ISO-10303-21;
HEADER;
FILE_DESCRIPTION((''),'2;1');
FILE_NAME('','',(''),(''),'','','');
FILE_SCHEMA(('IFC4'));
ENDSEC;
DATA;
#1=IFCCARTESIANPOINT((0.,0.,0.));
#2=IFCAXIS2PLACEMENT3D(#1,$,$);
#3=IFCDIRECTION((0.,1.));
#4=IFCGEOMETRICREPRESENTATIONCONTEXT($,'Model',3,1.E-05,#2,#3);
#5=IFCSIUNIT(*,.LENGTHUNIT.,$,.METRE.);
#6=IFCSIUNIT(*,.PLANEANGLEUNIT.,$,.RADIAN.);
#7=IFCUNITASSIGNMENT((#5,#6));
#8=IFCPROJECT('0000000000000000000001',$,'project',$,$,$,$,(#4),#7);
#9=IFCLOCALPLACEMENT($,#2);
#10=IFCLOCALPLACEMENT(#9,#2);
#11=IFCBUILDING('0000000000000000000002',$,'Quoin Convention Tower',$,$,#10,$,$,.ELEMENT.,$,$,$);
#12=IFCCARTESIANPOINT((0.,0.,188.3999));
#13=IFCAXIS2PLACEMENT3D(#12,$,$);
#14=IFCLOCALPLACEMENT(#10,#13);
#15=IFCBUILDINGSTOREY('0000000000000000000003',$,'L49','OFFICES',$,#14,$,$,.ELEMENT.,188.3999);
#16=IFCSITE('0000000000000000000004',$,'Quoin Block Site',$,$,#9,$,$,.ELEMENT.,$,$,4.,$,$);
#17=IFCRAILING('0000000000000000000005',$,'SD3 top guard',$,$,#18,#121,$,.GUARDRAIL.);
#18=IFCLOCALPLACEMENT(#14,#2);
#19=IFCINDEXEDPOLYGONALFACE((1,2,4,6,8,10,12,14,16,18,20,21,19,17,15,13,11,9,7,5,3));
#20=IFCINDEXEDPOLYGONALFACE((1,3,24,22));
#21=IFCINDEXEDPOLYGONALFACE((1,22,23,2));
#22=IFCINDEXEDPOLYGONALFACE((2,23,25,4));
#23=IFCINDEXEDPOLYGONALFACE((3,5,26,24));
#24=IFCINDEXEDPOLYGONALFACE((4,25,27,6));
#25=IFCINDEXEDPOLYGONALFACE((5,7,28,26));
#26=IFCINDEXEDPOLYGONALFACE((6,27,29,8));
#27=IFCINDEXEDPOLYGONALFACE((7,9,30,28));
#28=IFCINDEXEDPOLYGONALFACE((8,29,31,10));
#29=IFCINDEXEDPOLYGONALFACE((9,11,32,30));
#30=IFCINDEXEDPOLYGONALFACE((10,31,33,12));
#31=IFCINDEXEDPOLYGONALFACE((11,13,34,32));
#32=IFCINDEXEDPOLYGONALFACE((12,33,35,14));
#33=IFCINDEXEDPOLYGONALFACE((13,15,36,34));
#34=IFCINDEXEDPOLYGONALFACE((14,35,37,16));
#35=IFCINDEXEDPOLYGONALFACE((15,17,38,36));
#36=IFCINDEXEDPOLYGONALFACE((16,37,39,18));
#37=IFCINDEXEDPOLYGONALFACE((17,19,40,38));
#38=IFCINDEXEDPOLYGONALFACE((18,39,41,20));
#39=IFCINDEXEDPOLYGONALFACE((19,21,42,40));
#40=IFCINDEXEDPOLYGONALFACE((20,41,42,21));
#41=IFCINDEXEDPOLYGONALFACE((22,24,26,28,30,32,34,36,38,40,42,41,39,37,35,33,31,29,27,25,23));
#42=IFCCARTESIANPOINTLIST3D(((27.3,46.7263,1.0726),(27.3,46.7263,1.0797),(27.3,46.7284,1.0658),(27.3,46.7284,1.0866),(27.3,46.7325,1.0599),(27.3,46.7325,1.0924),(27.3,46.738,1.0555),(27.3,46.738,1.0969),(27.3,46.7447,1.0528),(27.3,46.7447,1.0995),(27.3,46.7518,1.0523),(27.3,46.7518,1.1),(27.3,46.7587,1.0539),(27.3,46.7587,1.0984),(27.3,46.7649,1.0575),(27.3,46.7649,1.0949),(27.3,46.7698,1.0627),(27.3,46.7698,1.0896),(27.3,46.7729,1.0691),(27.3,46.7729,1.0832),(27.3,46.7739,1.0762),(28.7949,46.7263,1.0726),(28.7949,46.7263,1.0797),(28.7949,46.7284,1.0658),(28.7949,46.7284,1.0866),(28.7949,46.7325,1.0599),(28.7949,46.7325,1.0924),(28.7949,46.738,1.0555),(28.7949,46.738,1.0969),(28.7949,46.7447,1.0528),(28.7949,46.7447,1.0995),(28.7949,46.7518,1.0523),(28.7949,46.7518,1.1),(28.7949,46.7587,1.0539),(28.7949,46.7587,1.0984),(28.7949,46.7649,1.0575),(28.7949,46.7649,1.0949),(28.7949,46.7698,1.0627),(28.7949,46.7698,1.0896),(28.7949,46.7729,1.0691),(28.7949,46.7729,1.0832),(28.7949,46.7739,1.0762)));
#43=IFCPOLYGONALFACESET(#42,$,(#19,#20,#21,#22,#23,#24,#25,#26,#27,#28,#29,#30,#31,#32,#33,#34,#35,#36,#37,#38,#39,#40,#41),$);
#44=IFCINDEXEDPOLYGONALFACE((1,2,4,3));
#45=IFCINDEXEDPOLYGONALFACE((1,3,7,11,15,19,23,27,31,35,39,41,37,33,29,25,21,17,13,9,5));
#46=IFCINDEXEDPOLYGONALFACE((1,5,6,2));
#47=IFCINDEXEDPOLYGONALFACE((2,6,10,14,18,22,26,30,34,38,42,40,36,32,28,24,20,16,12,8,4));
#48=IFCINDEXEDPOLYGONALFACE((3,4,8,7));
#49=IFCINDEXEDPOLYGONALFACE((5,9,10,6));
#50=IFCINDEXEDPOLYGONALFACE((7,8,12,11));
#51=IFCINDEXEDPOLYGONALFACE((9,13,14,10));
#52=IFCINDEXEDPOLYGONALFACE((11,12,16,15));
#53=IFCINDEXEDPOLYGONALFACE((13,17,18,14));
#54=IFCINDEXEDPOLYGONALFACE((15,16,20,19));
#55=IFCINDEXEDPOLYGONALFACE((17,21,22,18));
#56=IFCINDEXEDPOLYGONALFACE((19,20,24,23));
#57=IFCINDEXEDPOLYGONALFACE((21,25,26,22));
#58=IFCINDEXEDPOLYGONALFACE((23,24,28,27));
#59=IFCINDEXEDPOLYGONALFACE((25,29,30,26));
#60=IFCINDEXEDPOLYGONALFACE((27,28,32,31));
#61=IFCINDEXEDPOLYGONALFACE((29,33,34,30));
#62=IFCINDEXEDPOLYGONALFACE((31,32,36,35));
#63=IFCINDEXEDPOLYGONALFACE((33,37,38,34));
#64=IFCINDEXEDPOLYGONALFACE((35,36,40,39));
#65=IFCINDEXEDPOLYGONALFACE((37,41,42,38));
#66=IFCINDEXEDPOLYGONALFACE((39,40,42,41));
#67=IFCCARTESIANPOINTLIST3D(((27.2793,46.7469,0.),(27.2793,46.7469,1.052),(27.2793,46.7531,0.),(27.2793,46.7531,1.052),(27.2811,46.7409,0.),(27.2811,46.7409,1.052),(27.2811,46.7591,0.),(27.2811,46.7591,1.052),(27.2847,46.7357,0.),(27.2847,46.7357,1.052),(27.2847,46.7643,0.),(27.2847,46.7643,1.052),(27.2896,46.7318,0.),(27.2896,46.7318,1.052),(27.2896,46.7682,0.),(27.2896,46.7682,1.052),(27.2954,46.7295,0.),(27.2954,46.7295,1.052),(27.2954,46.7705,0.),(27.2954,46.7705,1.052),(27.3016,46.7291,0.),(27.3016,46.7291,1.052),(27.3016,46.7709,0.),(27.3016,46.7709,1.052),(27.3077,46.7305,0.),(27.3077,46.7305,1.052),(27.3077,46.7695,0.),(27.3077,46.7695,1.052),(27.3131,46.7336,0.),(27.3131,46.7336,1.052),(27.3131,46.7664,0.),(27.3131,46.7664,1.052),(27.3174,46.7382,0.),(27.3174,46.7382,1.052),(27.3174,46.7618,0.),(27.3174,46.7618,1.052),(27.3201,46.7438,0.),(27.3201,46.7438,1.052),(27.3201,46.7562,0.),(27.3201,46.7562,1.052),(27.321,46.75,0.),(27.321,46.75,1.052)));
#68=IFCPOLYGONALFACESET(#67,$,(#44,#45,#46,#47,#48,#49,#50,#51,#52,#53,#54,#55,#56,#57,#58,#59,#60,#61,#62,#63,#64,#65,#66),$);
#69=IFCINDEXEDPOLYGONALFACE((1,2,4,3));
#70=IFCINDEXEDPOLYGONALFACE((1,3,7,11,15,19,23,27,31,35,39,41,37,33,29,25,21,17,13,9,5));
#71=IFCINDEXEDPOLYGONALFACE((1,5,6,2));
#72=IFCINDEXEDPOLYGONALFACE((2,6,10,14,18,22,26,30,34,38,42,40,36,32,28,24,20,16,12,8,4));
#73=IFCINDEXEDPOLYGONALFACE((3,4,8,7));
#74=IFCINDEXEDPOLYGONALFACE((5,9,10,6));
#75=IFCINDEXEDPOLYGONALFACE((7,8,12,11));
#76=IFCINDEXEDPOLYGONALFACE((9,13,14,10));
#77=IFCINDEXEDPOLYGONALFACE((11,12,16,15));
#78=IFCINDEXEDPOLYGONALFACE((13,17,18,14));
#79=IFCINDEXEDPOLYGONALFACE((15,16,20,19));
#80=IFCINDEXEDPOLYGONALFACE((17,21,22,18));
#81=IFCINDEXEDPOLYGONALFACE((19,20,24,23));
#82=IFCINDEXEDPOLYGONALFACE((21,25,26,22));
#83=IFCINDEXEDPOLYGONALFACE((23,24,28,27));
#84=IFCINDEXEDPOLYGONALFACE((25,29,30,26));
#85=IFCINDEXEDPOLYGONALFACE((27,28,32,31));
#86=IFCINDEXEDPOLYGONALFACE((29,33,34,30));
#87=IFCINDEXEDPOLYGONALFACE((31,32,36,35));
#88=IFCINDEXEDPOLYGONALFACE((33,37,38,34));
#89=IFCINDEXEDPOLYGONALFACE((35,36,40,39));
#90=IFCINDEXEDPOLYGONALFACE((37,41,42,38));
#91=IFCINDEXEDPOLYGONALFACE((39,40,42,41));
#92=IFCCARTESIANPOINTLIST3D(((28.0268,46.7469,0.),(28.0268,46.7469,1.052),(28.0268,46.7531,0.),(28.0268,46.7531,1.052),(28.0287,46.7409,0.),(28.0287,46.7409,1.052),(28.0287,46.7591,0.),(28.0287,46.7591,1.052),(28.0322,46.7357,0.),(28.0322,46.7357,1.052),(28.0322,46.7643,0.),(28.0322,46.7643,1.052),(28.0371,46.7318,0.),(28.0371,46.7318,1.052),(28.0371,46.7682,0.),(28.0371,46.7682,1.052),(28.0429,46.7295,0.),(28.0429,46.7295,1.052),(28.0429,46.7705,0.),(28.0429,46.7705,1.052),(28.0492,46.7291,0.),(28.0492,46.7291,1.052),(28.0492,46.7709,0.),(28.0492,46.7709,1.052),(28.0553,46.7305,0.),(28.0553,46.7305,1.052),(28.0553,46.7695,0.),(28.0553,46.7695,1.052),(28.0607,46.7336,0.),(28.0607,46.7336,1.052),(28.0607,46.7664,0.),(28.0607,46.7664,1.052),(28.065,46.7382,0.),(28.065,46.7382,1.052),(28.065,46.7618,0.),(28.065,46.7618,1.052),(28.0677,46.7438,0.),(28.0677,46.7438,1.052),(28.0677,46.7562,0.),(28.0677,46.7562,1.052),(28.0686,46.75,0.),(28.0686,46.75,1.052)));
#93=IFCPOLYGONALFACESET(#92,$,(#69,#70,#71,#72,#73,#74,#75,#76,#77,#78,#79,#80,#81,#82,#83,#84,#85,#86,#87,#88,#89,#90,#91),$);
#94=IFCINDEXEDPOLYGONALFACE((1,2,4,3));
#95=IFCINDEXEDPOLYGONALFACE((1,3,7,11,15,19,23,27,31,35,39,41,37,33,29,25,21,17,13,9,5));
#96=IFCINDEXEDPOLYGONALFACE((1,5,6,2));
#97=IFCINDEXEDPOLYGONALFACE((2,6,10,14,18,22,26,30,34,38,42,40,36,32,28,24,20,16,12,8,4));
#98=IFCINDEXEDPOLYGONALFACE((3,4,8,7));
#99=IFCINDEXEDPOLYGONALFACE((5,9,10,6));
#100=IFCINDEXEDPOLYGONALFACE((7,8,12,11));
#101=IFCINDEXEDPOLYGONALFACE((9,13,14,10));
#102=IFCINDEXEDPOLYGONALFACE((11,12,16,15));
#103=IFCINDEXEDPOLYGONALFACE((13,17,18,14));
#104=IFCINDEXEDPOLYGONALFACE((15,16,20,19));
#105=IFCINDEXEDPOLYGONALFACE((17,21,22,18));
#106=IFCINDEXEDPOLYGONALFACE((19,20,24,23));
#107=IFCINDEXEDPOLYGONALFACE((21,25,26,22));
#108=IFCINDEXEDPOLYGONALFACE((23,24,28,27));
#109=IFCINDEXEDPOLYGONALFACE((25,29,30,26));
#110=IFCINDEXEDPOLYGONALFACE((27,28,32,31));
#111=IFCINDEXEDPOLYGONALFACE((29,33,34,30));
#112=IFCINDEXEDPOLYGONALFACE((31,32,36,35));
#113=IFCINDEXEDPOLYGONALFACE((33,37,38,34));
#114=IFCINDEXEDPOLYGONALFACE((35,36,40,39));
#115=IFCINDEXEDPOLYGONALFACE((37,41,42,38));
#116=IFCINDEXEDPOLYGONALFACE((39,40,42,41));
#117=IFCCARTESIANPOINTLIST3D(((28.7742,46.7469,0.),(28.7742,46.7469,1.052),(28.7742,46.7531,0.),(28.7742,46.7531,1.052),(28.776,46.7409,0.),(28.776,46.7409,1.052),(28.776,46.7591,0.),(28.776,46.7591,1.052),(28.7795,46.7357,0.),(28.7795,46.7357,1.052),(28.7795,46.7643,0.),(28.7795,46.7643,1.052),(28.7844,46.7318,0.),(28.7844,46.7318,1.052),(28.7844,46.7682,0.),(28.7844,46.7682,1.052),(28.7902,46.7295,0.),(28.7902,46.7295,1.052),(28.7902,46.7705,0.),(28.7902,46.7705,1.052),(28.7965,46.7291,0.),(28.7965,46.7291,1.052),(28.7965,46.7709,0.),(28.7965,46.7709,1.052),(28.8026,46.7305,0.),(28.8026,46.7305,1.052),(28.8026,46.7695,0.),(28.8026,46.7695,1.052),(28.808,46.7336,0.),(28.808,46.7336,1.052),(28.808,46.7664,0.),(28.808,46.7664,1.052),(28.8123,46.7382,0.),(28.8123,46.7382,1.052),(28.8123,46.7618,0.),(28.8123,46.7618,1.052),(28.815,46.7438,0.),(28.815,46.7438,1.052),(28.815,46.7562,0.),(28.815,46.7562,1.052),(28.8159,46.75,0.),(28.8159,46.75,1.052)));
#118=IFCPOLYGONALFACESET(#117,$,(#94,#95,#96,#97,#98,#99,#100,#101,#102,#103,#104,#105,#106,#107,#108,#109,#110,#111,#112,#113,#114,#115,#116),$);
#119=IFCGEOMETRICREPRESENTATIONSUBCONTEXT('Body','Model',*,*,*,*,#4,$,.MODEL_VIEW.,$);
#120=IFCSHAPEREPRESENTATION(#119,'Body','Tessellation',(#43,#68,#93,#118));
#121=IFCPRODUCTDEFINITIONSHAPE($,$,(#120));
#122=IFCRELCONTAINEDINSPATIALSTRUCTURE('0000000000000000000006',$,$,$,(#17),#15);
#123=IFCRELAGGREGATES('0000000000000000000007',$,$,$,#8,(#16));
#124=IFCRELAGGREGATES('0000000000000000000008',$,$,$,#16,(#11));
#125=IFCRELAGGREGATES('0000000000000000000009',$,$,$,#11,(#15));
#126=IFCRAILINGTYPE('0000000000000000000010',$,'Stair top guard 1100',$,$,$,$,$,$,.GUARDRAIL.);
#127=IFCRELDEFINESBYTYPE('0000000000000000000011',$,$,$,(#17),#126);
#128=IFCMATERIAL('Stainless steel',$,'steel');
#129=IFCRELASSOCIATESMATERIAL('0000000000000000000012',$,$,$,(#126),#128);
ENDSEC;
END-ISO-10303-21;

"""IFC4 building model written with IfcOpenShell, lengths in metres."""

from ifc_helpers import new_model, si_unit, direction, frame, origin, origin_2d, place, context, subcontext, project, spatial, circle, extrude, material, type_object, element, save


model = new_model("IFC4")

# Units and contexts
model_context = context("Model", 3, precision=1e-05, world=origin(), true_north=direction((0.0, 1.0)))
body_context = subcontext(model_context, "Body", "Model", "MODEL_VIEW")
ifc_project = project(units=[si_unit("LENGTHUNIT", "METRE"), si_unit("PLANEANGLEUNIT", "RADIAN")], contexts=[model_context])

# Site, building, storey
site_placement = place(None, origin())
site = spatial("IfcSite", under=ifc_project, at=site_placement, Name="Quoin Block Site", CompositionType="ELEMENT", RefElevation=4.0)
building_placement = place(site_placement, origin())
building = spatial("IfcBuilding", under=site, at=building_placement, Name="Quoin Convention Tower", CompositionType="ELEMENT")
storey_placement = place(building_placement, frame((0.0, 0.0, 188.3999)))
storey = spatial("IfcBuildingStorey", under=building, at=storey_placement, Name="L49", Description="OFFICES", CompositionType="ELEMENT", Elevation=188.3999)

# Railing
ifc_material_1 = material(Name="Stainless steel", Category="steel")
railing_type_1 = type_object("IfcRailingType", Name="Stair top guard 1100", PredefinedType="GUARDRAIL", material=ifc_material_1)
railing_1_placement = place(storey_placement, frame((27.3, 46.75, 0.0)))
element("IfcRailing", 1, at=railing_1_placement, inside=storey, type_object=railing_type_1, Name="SD3 top guard", PredefinedType="GUARDRAIL", context=body_context, shape_type="SweptSolid", body=[
    extrude(circle(Radius=0.0239, at=origin_2d()), frame((0.0, 0.0, 1.0762), z_axis=(1.0, 0.0, 0.0), x_axis=(0.0, 1.0, 0.0)), (0.0, 0.0, 1.0), 1.4949),
    extrude(circle(Radius=0.021, at=origin_2d()), origin(), (0.0, 0.0, 1.0), 1.052),
    extrude(circle(Radius=0.021, at=origin_2d()), frame((0.7476, 0.0, 0.0)), (0.0, 0.0, 1.0), 1.052),
    extrude(circle(Radius=0.021, at=origin_2d()), frame((1.4949, 0.0, 0.0)), (0.0, 0.0, 1.0), 1.052),
])

save(model, "model.ifc")
